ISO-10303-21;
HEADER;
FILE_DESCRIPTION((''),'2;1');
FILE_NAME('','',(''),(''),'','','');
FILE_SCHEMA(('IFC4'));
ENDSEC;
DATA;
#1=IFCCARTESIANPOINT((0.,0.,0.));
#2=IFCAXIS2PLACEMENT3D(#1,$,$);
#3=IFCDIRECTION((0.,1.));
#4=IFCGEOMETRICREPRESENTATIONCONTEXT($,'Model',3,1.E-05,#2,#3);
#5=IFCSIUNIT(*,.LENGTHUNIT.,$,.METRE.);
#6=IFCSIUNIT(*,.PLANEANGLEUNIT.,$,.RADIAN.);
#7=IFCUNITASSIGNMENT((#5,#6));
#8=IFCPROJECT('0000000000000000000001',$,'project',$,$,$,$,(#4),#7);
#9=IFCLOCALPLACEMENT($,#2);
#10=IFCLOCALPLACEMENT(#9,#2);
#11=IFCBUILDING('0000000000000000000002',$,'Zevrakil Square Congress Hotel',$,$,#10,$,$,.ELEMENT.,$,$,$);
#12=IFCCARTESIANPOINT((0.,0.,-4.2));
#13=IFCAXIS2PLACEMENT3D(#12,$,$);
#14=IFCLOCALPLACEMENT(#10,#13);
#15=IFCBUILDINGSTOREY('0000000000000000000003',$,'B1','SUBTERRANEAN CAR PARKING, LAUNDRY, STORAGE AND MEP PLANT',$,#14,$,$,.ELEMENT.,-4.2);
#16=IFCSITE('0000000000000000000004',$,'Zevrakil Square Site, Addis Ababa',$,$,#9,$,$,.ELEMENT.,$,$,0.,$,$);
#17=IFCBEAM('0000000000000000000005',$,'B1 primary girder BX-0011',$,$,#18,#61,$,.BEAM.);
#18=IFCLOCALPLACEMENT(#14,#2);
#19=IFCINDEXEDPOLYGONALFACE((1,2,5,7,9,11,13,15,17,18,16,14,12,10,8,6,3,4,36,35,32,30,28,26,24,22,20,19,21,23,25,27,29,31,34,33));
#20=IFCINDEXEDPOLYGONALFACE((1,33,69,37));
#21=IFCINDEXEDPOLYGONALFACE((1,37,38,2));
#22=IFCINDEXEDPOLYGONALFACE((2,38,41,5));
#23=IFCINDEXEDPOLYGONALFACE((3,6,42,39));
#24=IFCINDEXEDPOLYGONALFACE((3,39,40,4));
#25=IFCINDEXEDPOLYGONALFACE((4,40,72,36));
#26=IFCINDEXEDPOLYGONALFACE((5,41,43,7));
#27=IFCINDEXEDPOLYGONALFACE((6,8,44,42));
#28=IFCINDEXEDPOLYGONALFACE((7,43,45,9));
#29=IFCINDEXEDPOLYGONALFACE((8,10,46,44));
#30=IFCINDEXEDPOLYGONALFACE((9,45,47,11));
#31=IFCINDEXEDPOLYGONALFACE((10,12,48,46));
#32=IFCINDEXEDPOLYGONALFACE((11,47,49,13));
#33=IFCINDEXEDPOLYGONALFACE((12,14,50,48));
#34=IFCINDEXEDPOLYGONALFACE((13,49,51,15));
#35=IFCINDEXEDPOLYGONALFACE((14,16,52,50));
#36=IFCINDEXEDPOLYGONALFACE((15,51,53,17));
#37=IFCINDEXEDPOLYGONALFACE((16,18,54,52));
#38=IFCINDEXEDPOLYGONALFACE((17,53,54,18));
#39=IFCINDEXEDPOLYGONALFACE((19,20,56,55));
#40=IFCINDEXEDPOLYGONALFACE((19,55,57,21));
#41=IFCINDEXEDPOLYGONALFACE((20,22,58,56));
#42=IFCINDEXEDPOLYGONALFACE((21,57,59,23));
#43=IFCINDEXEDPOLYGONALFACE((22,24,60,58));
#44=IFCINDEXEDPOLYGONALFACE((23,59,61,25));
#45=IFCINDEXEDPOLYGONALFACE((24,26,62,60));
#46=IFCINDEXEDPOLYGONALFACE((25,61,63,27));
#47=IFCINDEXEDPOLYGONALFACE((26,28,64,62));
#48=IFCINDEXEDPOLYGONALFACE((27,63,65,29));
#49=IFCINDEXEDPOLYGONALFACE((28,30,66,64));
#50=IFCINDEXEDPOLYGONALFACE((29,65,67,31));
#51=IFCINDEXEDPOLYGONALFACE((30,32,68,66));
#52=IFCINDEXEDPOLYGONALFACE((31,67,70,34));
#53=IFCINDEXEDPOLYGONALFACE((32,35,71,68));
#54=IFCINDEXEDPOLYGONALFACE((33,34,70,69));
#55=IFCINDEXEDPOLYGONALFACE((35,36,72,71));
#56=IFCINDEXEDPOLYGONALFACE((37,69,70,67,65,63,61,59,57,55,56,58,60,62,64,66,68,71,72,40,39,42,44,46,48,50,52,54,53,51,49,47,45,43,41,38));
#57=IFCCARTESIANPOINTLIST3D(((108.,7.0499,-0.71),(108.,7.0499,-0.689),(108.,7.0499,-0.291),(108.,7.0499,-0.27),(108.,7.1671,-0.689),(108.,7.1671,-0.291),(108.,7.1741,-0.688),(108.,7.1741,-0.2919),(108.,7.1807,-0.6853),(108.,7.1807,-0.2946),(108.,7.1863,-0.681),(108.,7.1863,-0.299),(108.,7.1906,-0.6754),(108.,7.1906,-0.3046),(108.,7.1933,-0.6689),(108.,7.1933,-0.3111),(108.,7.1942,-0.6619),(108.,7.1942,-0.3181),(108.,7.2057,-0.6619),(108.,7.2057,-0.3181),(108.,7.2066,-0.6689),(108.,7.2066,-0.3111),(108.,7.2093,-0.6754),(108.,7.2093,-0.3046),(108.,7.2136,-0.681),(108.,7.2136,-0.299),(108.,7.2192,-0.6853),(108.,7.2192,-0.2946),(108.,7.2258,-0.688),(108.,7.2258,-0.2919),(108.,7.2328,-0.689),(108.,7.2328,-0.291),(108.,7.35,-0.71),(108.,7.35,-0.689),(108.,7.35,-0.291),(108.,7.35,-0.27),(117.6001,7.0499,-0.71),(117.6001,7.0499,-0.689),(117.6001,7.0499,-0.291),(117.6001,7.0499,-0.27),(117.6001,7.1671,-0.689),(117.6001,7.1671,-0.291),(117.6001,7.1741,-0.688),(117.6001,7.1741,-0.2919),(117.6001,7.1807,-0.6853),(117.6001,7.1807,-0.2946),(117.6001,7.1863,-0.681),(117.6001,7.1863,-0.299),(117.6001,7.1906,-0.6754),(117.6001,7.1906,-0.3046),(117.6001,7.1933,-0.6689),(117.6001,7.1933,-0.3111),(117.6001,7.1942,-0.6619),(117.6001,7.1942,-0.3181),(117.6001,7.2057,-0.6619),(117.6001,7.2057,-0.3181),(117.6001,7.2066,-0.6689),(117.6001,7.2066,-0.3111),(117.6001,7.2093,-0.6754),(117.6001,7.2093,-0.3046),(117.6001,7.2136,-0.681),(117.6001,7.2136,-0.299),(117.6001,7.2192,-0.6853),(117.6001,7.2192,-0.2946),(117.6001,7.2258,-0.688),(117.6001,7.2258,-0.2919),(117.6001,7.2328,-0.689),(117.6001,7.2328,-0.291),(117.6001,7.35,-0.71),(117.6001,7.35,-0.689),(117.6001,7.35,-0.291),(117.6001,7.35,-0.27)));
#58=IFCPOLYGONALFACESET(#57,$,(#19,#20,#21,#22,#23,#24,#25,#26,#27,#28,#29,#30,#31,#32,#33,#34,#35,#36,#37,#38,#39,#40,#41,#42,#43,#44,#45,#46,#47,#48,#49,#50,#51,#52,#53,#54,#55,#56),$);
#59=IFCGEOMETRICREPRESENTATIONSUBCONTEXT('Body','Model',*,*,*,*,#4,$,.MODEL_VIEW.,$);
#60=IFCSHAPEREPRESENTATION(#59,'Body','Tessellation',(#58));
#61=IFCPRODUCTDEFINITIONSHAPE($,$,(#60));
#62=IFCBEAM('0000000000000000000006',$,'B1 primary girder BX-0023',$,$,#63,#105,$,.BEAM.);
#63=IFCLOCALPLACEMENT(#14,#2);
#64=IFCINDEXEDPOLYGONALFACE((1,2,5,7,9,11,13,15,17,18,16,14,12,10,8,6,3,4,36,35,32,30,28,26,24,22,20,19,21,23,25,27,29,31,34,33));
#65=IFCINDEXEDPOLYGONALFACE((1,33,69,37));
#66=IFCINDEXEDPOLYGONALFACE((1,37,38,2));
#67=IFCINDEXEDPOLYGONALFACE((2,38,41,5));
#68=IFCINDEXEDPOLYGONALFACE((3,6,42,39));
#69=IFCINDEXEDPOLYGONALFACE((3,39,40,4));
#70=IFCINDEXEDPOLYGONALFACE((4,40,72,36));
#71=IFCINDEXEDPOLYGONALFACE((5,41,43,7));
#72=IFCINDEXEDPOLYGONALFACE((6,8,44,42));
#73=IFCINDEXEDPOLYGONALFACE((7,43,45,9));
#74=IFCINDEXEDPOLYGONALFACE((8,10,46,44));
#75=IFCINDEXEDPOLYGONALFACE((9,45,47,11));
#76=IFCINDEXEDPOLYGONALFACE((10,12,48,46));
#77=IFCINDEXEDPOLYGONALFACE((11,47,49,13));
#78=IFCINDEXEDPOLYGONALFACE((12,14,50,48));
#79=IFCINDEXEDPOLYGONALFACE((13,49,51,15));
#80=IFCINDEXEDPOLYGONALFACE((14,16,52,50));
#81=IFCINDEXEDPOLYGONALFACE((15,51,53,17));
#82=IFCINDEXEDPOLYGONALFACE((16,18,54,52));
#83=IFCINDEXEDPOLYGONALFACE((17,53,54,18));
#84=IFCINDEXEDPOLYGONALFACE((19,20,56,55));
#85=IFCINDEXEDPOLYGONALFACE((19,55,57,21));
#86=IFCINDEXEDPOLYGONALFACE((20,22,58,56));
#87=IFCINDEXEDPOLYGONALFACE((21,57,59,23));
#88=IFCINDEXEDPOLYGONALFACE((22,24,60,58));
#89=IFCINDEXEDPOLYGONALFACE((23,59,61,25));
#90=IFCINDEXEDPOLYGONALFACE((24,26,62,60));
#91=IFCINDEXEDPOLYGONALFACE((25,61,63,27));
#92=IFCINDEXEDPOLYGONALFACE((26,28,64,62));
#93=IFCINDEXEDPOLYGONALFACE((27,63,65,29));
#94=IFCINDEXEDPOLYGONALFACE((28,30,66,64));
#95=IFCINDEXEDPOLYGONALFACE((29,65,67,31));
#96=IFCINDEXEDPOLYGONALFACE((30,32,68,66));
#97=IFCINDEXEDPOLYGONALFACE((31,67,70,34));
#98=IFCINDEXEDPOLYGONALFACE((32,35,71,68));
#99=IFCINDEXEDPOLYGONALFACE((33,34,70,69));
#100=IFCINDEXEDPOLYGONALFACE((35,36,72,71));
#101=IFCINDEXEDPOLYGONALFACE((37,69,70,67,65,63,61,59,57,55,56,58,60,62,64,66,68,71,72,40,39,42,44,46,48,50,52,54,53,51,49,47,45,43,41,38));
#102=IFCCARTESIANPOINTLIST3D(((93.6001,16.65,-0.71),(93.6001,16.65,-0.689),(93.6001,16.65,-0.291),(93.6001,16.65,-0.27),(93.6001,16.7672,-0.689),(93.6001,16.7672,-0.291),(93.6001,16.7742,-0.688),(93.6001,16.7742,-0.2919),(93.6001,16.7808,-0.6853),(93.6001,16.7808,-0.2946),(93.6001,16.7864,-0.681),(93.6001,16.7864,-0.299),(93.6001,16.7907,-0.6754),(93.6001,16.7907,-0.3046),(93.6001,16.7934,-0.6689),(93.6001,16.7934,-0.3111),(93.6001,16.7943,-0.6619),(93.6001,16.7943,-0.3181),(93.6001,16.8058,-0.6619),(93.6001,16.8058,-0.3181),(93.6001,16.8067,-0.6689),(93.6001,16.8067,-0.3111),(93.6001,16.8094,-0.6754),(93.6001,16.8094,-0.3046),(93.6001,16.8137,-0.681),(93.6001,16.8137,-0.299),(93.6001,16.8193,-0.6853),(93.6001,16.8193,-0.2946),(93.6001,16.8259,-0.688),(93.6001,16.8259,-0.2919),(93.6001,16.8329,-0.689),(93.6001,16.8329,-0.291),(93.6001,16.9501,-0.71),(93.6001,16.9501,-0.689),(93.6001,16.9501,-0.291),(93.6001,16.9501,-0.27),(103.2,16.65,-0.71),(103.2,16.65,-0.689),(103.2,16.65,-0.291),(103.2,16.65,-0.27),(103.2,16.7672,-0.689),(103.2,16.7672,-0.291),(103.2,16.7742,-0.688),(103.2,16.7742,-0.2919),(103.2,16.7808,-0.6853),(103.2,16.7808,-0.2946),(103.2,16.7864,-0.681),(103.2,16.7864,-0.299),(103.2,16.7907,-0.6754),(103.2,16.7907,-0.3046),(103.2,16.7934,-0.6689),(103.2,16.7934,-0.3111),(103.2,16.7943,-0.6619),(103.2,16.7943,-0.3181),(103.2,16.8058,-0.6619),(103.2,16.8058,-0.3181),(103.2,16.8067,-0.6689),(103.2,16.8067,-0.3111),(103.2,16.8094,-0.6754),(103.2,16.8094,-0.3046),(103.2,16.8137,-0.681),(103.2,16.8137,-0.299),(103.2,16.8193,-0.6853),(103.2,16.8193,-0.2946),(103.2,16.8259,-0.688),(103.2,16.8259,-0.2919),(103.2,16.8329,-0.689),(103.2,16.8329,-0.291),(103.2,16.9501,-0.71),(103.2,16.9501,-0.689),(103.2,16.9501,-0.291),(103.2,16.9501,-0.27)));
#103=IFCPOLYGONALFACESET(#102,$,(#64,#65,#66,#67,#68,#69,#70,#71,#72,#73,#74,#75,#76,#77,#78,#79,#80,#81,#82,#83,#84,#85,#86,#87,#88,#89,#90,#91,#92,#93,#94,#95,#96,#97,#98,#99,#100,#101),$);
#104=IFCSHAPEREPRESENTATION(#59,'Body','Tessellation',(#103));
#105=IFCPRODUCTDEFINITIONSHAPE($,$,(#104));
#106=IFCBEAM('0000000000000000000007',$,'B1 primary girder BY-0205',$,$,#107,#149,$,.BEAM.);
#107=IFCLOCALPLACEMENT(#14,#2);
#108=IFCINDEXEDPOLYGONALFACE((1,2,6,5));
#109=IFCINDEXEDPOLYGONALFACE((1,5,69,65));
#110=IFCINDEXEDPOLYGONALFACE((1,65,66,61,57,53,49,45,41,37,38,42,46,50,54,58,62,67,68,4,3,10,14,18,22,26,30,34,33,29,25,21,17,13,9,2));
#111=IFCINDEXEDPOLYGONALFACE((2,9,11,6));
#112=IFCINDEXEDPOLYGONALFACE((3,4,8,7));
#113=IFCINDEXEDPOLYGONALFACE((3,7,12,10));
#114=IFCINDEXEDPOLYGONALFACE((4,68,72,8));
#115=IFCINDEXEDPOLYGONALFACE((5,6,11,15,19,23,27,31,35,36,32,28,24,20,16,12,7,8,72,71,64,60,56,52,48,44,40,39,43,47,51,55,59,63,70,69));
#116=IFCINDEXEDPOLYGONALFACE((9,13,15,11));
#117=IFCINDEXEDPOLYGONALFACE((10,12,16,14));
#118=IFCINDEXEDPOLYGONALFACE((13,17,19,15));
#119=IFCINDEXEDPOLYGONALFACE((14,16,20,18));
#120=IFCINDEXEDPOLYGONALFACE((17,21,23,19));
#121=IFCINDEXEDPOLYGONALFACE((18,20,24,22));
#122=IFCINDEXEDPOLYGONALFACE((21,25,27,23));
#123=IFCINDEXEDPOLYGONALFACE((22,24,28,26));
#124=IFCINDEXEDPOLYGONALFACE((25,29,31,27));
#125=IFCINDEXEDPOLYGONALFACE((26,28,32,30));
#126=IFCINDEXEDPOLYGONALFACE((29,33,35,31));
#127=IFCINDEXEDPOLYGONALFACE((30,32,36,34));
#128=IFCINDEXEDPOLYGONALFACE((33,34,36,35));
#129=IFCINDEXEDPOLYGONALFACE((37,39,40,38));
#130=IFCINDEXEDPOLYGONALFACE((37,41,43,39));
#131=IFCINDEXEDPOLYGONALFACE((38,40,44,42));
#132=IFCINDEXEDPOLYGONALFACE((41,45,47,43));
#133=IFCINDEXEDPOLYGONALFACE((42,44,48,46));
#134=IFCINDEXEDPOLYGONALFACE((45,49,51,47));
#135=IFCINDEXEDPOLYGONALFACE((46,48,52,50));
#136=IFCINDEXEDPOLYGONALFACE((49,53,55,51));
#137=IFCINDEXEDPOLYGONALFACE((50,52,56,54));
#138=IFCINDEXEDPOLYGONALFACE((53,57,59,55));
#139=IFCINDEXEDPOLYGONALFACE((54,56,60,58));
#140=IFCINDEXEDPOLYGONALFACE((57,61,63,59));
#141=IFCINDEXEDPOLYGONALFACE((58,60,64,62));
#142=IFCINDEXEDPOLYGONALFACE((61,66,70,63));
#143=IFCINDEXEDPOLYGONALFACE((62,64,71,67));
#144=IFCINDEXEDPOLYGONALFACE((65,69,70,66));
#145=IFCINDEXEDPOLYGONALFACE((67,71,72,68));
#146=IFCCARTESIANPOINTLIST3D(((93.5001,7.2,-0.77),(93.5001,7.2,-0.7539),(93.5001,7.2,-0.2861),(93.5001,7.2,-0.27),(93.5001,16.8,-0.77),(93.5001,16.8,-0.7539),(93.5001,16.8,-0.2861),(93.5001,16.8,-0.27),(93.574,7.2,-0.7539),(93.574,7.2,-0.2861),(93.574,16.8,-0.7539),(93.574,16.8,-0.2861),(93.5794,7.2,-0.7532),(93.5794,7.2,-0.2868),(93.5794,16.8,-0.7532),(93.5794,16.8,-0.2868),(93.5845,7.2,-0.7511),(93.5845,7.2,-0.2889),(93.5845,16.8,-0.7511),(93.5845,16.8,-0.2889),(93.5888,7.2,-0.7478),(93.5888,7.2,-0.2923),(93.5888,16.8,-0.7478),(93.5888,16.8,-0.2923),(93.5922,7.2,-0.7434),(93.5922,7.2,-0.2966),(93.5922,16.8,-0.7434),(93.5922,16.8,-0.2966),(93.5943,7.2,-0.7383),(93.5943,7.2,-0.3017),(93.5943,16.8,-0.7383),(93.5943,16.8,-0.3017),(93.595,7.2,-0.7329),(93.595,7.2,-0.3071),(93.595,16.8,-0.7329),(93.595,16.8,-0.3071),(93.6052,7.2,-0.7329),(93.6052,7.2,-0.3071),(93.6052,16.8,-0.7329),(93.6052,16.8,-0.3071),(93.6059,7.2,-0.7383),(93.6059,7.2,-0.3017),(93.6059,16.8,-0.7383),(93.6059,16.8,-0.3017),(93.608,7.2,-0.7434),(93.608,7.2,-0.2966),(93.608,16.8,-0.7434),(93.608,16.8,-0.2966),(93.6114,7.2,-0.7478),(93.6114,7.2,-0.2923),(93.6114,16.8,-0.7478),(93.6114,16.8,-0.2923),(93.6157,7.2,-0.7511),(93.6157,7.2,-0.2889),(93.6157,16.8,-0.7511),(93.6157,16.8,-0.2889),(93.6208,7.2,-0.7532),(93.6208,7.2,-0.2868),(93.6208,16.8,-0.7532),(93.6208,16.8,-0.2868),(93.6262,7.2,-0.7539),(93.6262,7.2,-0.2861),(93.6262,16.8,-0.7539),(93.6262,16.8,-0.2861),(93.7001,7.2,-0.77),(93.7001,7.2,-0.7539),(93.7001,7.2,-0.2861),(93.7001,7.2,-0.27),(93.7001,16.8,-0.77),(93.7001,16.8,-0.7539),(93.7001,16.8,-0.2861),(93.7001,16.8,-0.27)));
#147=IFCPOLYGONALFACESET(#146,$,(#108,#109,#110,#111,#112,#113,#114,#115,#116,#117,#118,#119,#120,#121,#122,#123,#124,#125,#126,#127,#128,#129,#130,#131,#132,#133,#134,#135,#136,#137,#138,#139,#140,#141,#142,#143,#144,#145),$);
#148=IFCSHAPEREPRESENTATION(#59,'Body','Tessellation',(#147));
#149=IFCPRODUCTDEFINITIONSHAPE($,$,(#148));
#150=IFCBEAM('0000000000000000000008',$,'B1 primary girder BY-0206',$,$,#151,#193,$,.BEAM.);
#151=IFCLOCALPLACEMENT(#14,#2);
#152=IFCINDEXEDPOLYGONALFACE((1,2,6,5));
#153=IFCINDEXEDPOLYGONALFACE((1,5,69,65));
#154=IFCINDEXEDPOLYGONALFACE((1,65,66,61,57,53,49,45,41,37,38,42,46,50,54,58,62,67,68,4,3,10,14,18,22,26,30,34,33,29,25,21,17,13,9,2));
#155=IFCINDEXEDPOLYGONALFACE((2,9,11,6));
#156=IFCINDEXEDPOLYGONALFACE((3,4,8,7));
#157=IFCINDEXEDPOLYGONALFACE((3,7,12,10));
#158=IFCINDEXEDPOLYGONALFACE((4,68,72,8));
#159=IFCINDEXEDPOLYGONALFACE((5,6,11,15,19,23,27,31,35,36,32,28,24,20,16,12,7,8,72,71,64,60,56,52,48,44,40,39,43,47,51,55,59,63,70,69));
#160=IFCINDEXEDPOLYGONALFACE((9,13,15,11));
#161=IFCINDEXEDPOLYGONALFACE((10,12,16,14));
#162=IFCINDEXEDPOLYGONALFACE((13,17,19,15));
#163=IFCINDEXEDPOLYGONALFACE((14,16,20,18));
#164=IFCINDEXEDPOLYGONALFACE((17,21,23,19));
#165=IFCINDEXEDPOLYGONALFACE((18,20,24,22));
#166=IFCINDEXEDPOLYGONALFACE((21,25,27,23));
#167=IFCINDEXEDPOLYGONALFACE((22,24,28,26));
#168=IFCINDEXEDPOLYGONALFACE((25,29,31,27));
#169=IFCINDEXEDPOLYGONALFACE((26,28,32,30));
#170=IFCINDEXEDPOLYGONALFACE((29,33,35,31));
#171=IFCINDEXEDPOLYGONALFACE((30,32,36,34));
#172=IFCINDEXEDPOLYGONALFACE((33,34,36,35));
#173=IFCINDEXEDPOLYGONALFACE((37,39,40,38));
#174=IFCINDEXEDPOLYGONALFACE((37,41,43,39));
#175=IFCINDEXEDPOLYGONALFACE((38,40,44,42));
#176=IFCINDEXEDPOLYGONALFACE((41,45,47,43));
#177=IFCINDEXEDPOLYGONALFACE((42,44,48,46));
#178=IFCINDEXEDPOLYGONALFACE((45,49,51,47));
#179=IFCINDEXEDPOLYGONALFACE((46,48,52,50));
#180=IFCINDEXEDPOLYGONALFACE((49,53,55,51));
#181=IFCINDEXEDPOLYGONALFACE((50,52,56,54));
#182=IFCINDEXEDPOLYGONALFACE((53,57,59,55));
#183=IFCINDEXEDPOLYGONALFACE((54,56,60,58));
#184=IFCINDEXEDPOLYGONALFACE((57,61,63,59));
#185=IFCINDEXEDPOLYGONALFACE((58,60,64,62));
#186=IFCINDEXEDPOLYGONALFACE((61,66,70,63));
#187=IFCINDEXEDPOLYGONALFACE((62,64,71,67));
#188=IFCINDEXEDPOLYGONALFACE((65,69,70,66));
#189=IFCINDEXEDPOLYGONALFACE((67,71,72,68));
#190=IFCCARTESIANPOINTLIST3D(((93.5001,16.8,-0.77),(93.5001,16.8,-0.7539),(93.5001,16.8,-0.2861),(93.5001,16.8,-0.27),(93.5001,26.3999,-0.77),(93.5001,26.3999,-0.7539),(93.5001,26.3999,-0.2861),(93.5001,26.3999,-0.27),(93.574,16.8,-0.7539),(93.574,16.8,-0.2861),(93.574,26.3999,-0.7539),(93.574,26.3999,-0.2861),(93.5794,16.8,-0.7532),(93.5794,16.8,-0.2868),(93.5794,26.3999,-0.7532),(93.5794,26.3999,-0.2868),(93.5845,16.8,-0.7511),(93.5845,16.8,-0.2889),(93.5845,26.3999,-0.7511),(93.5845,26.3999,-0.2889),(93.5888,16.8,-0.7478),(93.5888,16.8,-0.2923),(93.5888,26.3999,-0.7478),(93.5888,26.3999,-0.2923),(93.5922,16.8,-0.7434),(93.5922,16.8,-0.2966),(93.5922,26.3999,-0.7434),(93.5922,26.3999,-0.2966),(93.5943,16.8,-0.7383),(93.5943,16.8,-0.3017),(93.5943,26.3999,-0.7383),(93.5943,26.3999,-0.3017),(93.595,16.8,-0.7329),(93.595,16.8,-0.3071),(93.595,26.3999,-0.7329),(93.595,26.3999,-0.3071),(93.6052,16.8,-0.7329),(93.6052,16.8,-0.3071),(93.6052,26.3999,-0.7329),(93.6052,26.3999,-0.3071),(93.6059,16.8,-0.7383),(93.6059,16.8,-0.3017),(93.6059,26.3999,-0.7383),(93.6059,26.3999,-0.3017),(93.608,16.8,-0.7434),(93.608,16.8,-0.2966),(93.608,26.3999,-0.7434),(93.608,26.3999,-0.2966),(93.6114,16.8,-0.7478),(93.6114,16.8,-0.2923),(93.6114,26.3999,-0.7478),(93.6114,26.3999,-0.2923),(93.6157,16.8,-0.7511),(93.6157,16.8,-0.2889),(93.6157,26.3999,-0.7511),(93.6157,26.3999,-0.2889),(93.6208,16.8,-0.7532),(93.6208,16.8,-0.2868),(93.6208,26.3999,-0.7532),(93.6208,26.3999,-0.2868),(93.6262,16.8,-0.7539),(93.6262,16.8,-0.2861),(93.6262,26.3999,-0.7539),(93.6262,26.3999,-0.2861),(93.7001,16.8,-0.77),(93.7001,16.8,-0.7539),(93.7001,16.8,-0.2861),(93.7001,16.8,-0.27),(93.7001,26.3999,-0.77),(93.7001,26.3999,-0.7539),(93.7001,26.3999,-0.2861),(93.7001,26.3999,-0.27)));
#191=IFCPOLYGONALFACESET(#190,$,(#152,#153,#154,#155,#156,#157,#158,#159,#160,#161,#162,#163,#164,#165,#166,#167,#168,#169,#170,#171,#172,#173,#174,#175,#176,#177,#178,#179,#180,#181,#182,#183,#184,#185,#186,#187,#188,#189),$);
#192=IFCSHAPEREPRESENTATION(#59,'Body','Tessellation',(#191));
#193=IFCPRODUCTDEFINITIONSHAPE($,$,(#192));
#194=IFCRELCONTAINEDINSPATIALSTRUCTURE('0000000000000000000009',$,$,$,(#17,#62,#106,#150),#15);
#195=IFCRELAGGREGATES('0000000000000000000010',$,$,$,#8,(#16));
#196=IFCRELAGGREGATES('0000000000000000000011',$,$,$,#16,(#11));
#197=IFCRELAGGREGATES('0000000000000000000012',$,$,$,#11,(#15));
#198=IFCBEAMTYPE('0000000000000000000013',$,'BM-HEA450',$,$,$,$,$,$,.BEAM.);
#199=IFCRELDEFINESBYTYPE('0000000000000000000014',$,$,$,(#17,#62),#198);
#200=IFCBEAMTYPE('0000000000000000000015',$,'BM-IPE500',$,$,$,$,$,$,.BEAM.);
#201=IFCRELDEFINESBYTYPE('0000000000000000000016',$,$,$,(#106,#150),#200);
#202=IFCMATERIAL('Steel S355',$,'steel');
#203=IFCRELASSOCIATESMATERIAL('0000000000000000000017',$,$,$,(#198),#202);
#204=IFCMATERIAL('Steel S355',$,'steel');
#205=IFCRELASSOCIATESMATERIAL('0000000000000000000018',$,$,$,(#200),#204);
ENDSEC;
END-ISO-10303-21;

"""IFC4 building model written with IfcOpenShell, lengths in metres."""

from ifc_helpers import new_model, si_unit, direction, frame, origin, origin_2d, place, context, subcontext, project, spatial, i_section, extrude, material, material_profile, profile_set, type_object, element, save


model = new_model("IFC4")

# Units and contexts
model_context = context("Model", 3, precision=1e-05, world=origin(), true_north=direction((0.0, 1.0)))
body_context = subcontext(model_context, "Body", "Model", "MODEL_VIEW")
ifc_project = project(units=[si_unit("LENGTHUNIT", "METRE"), si_unit("PLANEANGLEUNIT", "RADIAN")], contexts=[model_context])

# Site, building, storey
site_placement = place(None, origin())
site = spatial("IfcSite", under=ifc_project, at=site_placement, Name="Zevrakil Square Site, Addis Ababa", CompositionType="ELEMENT", RefElevation=0.0)
building_placement = place(site_placement, origin())
building = spatial("IfcBuilding", under=site, at=building_placement, Name="Zevrakil Square Congress Hotel", CompositionType="ELEMENT")
storey_placement = place(building_placement, frame((0.0, 0.0, -4.2)))
storey = spatial("IfcBuildingStorey", under=building, at=storey_placement, Name="B1", Description="SUBTERRANEAN CAR PARKING, LAUNDRY, STORAGE AND MEP PLANT", CompositionType="ELEMENT", Elevation=-4.2)

# Beams
ifc_material_1 = material(Name="Steel S355", Category="steel")
ifc_material_profile_1 = material_profile(ifc_material_1, i_section(OverallWidth=0.3, OverallDepth=0.4399, WebThickness=0.0115, FlangeThickness=0.021, FilletRadius=0.0271, at=origin_2d()), Name="HEA 450")
ifc_profile_set_1 = profile_set([ifc_material_profile_1], Name="Steel S355")
beam_type_1 = type_object("IfcBeamType", Name="BM-HEA450", PredefinedType="BEAM", material=ifc_profile_set_1)
beam_1_placement = place(storey_placement, frame((108.0, 7.2, -0.49), z_axis=(1.0, 0.0, 0.0), x_axis=(0.0, 1.0, 0.0)))
element("IfcBeam", 1, at=beam_1_placement, inside=storey, type_object=beam_type_1, Name="B1 primary girder BX-0011", PredefinedType="BEAM", context=body_context, shape_type="SweptSolid", body=[
    extrude(i_section(OverallWidth=0.3, OverallDepth=0.4399, WebThickness=0.0115, FlangeThickness=0.021, FilletRadius=0.0271, at=origin_2d()), origin(), (0.0, 0.0, 1.0), 9.6001),
])
beam_2_placement = place(storey_placement, frame((93.6001, 16.8, -0.49), z_axis=(1.0, 0.0, 0.0), x_axis=(0.0, 1.0, 0.0)))
element("IfcBeam", 2, at=beam_2_placement, inside=storey, type_object=beam_type_1, Name="B1 primary girder BX-0023", PredefinedType="BEAM", context=body_context, shape_type="SweptSolid", body=[
    extrude(i_section(OverallWidth=0.3, OverallDepth=0.4399, WebThickness=0.0115, FlangeThickness=0.021, FilletRadius=0.0271, at=origin_2d()), origin(), (0.0, 0.0, 1.0), 9.5999),
])
ifc_material_2 = material(Name="Steel S355", Category="steel")
ifc_material_profile_2 = material_profile(ifc_material_2, i_section(OverallWidth=0.2, OverallDepth=0.5, WebThickness=0.0103, FlangeThickness=0.0161, FilletRadius=0.021, at=origin_2d()), Name="IPE 500")
ifc_profile_set_2 = profile_set([ifc_material_profile_2], Name="Steel S355")
beam_type_2 = type_object("IfcBeamType", Name="BM-IPE500", PredefinedType="BEAM", material=ifc_profile_set_2)
beam_3_placement = place(storey_placement, frame((93.6001, 7.2, -0.52), z_axis=(0.0, 1.0, 0.0), x_axis=(-1.0, 0.0, 0.0)))
element("IfcBeam", 3, at=beam_3_placement, inside=storey, type_object=beam_type_2, Name="B1 primary girder BY-0205", PredefinedType="BEAM", context=body_context, shape_type="SweptSolid", body=[
    extrude(i_section(OverallWidth=0.2, OverallDepth=0.5, WebThickness=0.0103, FlangeThickness=0.0161, FilletRadius=0.021, at=origin_2d()), origin(), (0.0, 0.0, 1.0), 9.6001),
])
beam_4_placement = place(storey_placement, frame((93.6001, 16.8, -0.52), z_axis=(0.0, 1.0, 0.0), x_axis=(-1.0, 0.0, 0.0)))
element("IfcBeam", 4, at=beam_4_placement, inside=storey, type_object=beam_type_2, Name="B1 primary girder BY-0206", PredefinedType="BEAM", context=body_context, shape_type="SweptSolid", body=[
    extrude(i_section(OverallWidth=0.2, OverallDepth=0.5, WebThickness=0.0103, FlangeThickness=0.0161, FilletRadius=0.021, at=origin_2d()), origin(), (0.0, 0.0, 1.0), 9.5999),
])

save(model, "model.ifc")
